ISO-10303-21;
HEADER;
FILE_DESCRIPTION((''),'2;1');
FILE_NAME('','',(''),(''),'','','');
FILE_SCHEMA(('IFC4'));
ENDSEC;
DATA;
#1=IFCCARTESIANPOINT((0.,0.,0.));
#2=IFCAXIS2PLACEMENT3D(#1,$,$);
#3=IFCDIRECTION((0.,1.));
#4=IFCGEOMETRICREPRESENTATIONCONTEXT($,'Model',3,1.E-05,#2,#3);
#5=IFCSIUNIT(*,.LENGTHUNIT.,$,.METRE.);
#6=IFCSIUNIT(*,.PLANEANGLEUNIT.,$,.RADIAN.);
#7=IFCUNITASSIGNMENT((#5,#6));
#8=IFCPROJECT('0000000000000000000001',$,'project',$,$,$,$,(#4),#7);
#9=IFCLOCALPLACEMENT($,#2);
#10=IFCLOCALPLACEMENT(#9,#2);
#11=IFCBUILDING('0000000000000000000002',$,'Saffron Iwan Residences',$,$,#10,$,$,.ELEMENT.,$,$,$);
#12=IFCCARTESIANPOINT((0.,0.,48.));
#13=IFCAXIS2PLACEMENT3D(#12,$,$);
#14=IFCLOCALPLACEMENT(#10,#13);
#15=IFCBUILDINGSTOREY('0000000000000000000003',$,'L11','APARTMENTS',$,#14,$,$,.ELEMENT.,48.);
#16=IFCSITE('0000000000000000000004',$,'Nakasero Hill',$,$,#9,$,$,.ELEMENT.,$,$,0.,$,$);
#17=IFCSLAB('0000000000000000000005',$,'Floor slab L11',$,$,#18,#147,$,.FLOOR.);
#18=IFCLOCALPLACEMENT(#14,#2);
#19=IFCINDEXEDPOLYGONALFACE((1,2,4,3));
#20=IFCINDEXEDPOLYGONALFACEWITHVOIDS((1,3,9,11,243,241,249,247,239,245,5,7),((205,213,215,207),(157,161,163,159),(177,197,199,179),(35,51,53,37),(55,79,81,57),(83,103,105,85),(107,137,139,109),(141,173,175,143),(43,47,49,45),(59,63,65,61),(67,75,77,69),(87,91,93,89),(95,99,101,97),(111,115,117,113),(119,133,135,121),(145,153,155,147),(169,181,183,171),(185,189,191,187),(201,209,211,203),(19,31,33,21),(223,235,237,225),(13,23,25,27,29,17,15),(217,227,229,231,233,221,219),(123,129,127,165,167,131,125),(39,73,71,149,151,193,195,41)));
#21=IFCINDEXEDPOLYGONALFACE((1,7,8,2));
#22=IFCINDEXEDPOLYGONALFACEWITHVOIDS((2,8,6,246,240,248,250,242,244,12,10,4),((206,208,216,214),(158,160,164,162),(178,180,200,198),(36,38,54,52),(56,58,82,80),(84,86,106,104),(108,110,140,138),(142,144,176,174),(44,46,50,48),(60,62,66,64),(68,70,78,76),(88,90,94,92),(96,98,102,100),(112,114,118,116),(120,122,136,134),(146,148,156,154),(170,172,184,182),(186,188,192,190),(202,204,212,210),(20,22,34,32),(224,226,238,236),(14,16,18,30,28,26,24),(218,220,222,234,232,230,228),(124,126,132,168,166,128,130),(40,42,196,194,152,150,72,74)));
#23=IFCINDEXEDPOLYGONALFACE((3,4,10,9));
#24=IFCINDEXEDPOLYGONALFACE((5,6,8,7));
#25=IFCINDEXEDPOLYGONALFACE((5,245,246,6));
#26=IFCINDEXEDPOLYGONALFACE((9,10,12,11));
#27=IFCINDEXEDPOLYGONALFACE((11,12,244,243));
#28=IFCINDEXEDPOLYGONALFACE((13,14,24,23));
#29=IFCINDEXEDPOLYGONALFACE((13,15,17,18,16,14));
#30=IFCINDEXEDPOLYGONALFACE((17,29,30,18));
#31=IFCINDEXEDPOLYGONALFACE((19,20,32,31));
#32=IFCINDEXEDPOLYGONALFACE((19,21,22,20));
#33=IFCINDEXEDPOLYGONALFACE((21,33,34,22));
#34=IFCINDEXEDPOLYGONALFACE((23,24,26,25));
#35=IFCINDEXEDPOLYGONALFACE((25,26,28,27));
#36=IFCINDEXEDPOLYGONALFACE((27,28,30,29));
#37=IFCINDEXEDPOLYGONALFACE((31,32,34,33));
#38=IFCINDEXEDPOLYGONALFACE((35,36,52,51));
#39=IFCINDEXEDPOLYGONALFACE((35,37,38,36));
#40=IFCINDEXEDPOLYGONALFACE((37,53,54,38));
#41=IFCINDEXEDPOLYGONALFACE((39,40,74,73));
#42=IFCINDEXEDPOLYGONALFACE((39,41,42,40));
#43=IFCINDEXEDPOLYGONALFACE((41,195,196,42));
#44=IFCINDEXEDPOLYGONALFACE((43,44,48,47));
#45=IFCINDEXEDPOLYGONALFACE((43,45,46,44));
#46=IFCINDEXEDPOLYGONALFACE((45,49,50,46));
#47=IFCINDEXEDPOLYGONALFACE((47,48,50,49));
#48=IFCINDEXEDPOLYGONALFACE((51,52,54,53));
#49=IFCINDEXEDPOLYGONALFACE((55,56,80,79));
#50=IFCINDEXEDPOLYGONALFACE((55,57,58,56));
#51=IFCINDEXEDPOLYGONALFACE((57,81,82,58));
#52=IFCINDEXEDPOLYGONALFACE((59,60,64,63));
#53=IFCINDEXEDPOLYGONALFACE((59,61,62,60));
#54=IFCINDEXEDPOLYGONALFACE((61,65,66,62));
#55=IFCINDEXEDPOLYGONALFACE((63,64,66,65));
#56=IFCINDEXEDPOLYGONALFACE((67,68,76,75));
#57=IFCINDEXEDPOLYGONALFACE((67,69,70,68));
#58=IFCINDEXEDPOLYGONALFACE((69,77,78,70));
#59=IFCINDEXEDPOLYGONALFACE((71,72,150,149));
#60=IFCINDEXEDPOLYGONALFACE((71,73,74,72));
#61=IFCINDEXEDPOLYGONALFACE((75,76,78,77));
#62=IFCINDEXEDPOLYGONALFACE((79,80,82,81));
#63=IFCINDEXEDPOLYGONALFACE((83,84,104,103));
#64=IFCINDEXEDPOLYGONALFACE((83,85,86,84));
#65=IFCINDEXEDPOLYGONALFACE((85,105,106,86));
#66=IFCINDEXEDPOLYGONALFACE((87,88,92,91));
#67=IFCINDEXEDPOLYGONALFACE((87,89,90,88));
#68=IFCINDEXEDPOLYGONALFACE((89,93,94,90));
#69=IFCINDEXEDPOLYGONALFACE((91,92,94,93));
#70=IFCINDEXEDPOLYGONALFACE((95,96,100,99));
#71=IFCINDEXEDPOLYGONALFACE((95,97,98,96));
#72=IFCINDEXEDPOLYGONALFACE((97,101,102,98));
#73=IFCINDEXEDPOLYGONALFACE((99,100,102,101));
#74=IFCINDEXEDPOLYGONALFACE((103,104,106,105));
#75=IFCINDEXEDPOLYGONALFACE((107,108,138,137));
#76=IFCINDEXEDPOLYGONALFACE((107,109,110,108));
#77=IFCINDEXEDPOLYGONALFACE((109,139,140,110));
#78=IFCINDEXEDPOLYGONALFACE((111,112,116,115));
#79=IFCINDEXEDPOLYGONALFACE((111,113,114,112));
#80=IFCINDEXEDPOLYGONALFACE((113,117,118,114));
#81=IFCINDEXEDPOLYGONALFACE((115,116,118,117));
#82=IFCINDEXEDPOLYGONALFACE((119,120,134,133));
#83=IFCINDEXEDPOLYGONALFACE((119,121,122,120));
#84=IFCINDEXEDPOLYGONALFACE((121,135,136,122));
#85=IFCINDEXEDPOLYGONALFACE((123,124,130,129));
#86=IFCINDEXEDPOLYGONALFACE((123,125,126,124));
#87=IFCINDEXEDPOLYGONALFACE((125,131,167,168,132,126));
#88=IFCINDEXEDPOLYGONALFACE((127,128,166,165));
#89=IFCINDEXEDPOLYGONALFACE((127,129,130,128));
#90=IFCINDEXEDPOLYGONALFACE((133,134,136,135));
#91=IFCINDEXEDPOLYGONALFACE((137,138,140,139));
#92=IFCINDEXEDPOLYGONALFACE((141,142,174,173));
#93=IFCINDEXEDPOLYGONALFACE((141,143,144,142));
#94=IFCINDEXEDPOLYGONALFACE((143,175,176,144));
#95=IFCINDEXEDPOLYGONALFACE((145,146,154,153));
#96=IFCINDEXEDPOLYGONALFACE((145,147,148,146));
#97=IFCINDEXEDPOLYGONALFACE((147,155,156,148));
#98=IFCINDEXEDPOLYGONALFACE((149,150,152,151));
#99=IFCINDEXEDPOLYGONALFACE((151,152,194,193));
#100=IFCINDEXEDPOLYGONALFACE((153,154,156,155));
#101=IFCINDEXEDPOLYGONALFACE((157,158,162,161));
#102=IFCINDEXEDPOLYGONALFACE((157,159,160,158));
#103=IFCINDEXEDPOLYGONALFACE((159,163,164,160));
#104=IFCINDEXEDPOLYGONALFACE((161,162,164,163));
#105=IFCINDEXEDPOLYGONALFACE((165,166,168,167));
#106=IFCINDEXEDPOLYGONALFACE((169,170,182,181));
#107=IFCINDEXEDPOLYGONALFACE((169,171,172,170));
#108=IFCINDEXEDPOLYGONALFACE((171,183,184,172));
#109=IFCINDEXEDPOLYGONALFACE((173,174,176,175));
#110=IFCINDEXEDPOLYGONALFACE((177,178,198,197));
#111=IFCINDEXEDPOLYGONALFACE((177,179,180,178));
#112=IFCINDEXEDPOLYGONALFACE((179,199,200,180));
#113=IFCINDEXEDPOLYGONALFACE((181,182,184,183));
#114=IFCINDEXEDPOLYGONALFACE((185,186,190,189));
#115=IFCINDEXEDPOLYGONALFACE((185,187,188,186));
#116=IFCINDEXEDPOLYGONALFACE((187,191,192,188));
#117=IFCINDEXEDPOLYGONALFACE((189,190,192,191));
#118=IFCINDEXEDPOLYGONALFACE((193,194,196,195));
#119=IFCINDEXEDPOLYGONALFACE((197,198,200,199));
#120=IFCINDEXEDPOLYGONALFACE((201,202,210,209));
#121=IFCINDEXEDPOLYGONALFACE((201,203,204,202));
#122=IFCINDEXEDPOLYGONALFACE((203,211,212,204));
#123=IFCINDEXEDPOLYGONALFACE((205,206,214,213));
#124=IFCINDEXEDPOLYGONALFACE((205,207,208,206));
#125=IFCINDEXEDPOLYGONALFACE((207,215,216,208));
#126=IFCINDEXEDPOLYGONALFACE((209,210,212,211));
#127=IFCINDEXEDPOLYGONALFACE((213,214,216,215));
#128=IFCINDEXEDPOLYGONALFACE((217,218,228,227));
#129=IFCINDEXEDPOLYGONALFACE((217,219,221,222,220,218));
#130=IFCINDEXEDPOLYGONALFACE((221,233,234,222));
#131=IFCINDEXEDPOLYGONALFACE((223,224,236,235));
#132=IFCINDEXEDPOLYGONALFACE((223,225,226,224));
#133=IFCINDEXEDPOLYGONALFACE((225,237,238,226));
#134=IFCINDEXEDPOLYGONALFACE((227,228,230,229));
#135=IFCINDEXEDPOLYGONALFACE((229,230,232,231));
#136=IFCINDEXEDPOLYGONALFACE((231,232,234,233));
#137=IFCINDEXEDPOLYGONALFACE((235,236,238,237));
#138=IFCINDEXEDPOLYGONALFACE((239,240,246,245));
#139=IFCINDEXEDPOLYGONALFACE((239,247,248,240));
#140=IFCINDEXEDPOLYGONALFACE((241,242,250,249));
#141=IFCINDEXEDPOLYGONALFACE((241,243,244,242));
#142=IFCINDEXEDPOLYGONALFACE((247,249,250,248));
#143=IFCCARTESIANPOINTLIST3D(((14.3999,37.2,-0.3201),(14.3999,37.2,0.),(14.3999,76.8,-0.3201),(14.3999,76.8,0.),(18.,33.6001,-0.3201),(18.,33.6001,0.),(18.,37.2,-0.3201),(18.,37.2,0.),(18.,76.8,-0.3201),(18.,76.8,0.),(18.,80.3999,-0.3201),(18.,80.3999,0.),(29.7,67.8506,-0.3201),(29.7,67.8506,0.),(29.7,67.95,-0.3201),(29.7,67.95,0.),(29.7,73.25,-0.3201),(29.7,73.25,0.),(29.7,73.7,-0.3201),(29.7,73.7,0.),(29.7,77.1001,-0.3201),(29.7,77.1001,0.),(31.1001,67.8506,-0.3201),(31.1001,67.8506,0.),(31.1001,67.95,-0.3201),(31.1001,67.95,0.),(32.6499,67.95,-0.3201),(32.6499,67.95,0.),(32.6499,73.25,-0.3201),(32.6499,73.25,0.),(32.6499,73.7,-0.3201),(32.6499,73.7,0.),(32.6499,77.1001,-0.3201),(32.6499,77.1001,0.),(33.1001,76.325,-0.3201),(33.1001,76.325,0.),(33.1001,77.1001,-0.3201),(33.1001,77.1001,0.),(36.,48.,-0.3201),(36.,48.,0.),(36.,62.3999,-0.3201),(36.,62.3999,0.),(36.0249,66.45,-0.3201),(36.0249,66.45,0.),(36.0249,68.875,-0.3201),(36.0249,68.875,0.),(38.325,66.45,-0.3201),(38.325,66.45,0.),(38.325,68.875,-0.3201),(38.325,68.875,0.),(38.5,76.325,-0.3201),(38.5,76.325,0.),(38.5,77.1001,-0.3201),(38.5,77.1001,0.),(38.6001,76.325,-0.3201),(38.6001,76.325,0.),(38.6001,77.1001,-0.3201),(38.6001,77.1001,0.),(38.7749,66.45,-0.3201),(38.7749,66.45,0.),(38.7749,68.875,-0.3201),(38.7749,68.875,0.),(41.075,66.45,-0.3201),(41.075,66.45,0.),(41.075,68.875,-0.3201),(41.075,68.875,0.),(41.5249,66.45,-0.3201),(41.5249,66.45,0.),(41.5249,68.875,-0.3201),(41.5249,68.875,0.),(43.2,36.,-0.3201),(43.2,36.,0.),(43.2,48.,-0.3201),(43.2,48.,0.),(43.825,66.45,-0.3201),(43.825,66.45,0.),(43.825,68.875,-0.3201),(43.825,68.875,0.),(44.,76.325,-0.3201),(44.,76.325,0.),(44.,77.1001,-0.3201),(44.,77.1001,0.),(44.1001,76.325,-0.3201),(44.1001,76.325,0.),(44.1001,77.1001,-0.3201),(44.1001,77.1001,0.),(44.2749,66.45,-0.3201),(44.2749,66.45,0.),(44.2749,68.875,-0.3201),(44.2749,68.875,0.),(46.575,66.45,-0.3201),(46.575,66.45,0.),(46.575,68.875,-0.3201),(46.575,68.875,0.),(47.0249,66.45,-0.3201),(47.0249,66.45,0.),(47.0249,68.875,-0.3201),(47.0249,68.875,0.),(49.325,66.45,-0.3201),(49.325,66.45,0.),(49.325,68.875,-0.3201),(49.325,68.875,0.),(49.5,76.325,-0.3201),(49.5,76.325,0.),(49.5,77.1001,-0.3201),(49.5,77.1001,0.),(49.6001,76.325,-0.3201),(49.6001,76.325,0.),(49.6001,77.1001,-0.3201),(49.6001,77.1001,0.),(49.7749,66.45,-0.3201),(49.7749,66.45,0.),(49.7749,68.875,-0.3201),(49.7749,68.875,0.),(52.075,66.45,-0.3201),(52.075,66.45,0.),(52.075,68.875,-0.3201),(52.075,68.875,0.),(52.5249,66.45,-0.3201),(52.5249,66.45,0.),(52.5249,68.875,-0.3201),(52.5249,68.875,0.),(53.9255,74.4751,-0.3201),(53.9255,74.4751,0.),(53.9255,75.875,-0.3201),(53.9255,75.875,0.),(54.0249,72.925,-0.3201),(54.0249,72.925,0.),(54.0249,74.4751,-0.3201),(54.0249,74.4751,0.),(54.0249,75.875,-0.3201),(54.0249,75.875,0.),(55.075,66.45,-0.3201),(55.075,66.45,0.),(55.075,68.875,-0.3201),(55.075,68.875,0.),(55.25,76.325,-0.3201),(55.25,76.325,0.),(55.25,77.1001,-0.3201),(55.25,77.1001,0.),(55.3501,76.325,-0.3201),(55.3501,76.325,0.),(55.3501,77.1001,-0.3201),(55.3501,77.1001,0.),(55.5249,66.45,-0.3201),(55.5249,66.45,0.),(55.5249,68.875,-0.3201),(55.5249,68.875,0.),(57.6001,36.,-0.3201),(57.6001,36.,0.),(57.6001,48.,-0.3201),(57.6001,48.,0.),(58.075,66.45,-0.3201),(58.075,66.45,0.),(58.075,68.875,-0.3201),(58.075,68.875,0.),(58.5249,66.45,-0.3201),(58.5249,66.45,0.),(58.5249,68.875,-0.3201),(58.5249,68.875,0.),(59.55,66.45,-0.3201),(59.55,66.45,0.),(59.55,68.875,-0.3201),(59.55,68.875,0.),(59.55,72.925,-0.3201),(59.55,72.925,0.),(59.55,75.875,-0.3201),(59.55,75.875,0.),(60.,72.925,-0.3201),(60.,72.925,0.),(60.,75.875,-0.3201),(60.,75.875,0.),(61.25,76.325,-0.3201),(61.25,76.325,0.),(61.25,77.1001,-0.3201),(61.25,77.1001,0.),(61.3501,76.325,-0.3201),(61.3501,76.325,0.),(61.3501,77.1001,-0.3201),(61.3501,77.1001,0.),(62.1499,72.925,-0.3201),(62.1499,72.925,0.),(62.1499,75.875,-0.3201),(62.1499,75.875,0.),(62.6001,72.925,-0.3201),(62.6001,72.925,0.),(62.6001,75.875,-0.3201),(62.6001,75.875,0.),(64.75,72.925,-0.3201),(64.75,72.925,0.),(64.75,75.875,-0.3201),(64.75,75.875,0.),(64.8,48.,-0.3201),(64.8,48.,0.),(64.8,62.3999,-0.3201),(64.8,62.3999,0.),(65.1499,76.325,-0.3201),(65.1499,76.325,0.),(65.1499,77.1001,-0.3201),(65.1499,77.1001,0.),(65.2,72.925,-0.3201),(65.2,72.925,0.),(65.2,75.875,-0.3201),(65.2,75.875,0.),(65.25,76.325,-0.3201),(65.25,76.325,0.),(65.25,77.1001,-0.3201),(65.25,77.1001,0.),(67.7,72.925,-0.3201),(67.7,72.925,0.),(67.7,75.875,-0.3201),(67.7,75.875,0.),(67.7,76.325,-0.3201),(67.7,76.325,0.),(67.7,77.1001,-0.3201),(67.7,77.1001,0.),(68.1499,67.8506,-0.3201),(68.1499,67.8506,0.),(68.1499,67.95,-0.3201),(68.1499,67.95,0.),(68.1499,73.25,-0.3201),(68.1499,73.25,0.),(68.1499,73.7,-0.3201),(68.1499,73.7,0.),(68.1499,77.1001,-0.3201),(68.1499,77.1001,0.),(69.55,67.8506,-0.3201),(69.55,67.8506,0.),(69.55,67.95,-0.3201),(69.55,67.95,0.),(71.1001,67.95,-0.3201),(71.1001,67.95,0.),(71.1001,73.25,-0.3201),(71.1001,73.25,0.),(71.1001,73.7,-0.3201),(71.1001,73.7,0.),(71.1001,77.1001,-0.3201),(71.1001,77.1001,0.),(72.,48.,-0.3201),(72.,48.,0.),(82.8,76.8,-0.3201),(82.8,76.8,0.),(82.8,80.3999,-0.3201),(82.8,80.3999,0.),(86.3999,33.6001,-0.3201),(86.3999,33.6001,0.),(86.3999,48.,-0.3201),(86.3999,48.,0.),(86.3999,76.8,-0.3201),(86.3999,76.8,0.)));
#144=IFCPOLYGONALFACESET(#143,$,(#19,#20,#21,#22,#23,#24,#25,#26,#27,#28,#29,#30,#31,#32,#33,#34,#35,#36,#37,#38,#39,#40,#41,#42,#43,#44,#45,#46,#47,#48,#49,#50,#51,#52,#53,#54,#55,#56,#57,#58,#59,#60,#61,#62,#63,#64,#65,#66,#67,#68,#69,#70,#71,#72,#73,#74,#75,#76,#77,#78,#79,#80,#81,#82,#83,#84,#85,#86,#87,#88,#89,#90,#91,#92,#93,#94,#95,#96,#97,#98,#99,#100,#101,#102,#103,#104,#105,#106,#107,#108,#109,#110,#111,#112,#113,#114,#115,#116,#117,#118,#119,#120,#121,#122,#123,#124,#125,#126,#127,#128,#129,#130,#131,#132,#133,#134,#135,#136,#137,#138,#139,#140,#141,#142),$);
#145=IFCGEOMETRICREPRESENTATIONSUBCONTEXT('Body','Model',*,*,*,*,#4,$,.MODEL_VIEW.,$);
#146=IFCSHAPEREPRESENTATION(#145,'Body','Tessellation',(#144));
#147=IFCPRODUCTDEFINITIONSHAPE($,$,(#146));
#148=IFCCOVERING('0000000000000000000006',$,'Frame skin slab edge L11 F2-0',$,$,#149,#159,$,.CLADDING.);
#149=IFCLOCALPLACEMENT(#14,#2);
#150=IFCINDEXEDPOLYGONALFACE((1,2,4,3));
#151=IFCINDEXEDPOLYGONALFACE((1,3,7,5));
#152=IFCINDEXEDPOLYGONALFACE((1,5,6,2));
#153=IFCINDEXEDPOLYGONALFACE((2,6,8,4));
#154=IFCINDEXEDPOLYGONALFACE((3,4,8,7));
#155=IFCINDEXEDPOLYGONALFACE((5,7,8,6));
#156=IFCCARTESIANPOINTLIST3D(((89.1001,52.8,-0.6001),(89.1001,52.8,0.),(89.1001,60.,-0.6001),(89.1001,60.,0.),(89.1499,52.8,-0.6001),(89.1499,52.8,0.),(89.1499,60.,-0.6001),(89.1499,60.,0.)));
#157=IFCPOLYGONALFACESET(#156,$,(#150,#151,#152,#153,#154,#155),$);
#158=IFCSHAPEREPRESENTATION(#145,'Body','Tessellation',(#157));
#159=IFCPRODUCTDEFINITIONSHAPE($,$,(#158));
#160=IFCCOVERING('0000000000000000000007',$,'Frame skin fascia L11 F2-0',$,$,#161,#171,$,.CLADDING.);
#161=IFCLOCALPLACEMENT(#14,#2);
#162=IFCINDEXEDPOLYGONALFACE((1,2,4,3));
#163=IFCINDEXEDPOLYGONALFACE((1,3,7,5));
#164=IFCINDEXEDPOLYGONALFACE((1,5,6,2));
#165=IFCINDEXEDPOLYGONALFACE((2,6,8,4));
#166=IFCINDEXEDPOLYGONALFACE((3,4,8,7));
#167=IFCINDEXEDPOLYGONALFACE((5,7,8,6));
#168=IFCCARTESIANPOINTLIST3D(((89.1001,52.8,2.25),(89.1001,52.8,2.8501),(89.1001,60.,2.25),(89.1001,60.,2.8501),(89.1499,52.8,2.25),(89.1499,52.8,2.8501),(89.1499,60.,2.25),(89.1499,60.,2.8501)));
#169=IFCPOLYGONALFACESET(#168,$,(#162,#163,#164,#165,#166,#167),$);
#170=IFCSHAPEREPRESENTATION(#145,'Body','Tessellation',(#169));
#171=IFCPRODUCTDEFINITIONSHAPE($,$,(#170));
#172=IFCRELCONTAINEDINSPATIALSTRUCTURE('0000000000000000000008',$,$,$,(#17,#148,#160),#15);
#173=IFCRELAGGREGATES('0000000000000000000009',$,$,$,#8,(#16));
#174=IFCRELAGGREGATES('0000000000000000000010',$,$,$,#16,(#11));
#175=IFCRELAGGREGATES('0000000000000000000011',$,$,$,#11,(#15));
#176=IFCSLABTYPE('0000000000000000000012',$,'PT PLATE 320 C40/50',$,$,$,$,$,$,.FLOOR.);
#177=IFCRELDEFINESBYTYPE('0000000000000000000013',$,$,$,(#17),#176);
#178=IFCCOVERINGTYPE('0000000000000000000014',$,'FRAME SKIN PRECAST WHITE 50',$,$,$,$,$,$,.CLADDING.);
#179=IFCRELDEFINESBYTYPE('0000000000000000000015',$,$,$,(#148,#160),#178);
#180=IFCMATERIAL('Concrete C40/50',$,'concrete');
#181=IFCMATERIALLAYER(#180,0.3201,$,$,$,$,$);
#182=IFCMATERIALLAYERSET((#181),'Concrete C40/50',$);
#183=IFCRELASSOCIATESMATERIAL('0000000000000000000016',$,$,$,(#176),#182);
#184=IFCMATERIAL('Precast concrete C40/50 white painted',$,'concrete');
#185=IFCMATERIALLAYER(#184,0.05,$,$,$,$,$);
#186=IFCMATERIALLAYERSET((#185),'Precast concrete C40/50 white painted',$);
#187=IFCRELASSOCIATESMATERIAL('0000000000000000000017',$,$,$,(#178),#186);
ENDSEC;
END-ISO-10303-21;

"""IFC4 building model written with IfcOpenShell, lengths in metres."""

from ifc_helpers import new_model, si_unit, direction, frame, origin, place, context, subcontext, project, spatial, polyline, outline, extrude, material, layer, layer_set, type_object, element, save


model = new_model("IFC4")

# Units and contexts
model_context = context("Model", 3, precision=1e-05, world=origin(), true_north=direction((0.0, 1.0)))
body_context = subcontext(model_context, "Body", "Model", "MODEL_VIEW")
ifc_project = project(units=[si_unit("LENGTHUNIT", "METRE"), si_unit("PLANEANGLEUNIT", "RADIAN")], contexts=[model_context])

# Site, building, storey
site_placement = place(None, origin())
site = spatial("IfcSite", under=ifc_project, at=site_placement, Name="Nakasero Hill", CompositionType="ELEMENT", RefElevation=0.0)
building_placement = place(site_placement, origin())
building = spatial("IfcBuilding", under=site, at=building_placement, Name="Saffron Iwan Residences", CompositionType="ELEMENT")
storey_placement = place(building_placement, frame((0.0, 0.0, 48.0)))
storey = spatial("IfcBuildingStorey", under=building, at=storey_placement, Name="L11", Description="APARTMENTS", CompositionType="ELEMENT", Elevation=48.0)

# Slab
ifc_material_1 = material(Name="Concrete C40/50", Category="concrete")
ifc_layer_1 = layer(ifc_material_1, 0.3201)
ifc_layer_set_1 = layer_set([ifc_layer_1], Name="Concrete C40/50")
slab_type_1 = type_object("IfcSlabType", Name="PT PLATE 320 C40/50", PredefinedType="FLOOR", material=ifc_layer_set_1)
slab_1_placement = place(storey_placement, frame((0.0, 0.0, -0.3201)))
element("IfcSlab", 1, at=slab_1_placement, inside=storey, type_object=slab_type_1, Name="Floor slab L11", PredefinedType="FLOOR", context=body_context, shape_type="SweptSolid", body=[
    extrude(outline(polyline([(14.3999, 37.2), (14.3999, 76.8), (18.0, 76.8), (18.0, 80.3999), (82.8, 80.3999), (82.8, 76.8), (86.3999, 76.8), (86.3999, 48.0), (72.0, 48.0), (86.3999, 33.6001), (18.0, 33.6001), (18.0, 37.2), (14.3999, 37.2)]), holes=[polyline([(64.8, 48.0), (64.8, 62.3999), (36.0, 62.3999), (36.0, 48.0), (43.2, 48.0), (43.2, 36.0), (57.6001, 36.0), (57.6001, 48.0), (64.8, 48.0)]), polyline([(38.325, 68.875), (36.0249, 68.875), (36.0249, 66.45), (38.325, 66.45), (38.325, 68.875)]), polyline([(41.075, 66.45), (41.075, 68.875), (38.7749, 68.875), (38.7749, 66.45), (41.075, 66.45)]), polyline([(43.825, 66.45), (43.825, 68.875), (41.5249, 68.875), (41.5249, 66.45), (43.825, 66.45)]), polyline([(46.575, 68.875), (44.2749, 68.875), (44.2749, 66.45), (46.575, 66.45), (46.575, 68.875)]), polyline([(49.325, 66.45), (49.325, 68.875), (47.0249, 68.875), (47.0249, 66.45), (49.325, 66.45)]), polyline([(52.075, 66.45), (52.075, 68.875), (49.7749, 68.875), (49.7749, 66.45), (52.075, 66.45)]), polyline([(29.7, 73.25), (29.7, 67.95), (29.7, 67.8506), (31.1001, 67.8506), (31.1001, 67.95), (32.6499, 67.95), (32.6499, 73.25), (29.7, 73.25)]), polyline([(32.6499, 73.7), (32.6499, 77.1001), (29.7, 77.1001), (29.7, 73.7), (32.6499, 73.7)]), polyline([(38.5, 76.325), (38.5, 77.1001), (33.1001, 77.1001), (33.1001, 76.325), (38.5, 76.325)]), polyline([(44.0, 77.1001), (38.6001, 77.1001), (38.6001, 76.325), (44.0, 76.325), (44.0, 77.1001)]), polyline([(49.5, 76.325), (49.5, 77.1001), (44.1001, 77.1001), (44.1001, 76.325), (49.5, 76.325)]), polyline([(55.25, 76.325), (55.25, 77.1001), (49.6001, 77.1001), (49.6001, 76.325), (55.25, 76.325)]), polyline([(55.075, 68.875), (52.5249, 68.875), (52.5249, 66.45), (55.075, 66.45), (55.075, 68.875)]), polyline([(58.075, 66.45), (58.075, 68.875), (55.5249, 68.875), (55.5249, 66.45), (58.075, 66.45)]), polyline([(59.55, 66.45), (59.55, 68.875), (58.5249, 68.875), (58.5249, 66.45), (59.55, 66.45)]), polyline([(68.1499, 73.25), (68.1499, 67.95), (68.1499, 67.8506), (69.55, 67.8506), (69.55, 67.95), (71.1001, 67.95), (71.1001, 73.25), (68.1499, 73.25)]), polyline([(53.9255, 74.4751), (54.0249, 74.4751), (54.0249, 72.925), (59.55, 72.925), (59.55, 75.875), (54.0249, 75.875), (53.9255, 75.875), (53.9255, 74.4751)]), polyline([(62.1499, 72.925), (62.1499, 75.875), (60.0, 75.875), (60.0, 72.925), (62.1499, 72.925)]), polyline([(64.75, 75.875), (62.6001, 75.875), (62.6001, 72.925), (64.75, 72.925), (64.75, 75.875)]), polyline([(67.7, 72.925), (67.7, 75.875), (65.2, 75.875), (65.2, 72.925), (67.7, 72.925)]), polyline([(71.1001, 73.7), (71.1001, 77.1001), (68.1499, 77.1001), (68.1499, 73.7), (71.1001, 73.7)]), polyline([(61.25, 77.1001), (55.3501, 77.1001), (55.3501, 76.325), (61.25, 76.325), (61.25, 77.1001)]), polyline([(65.1499, 76.325), (65.1499, 77.1001), (61.3501, 77.1001), (61.3501, 76.325), (65.1499, 76.325)]), polyline([(67.7, 76.325), (67.7, 77.1001), (65.25, 77.1001), (65.25, 76.325), (67.7, 76.325)])]), origin(), (0.0, 0.0, 1.0), 0.3201),
])

# Coverings
ifc_material_2 = material(Name="Precast concrete C40/50 white painted", Category="concrete")
ifc_layer_2 = layer(ifc_material_2, 0.05)
ifc_layer_set_2 = layer_set([ifc_layer_2], Name="Precast concrete C40/50 white painted")
covering_type_1 = type_object("IfcCoveringType", Name="FRAME SKIN PRECAST WHITE 50", PredefinedType="CLADDING", material=ifc_layer_set_2)
for number, where, name in (
    (2, (0.0, 0.0, -0.6001), "Frame skin slab edge L11 F2-0"),
    (3, (0.0, 0.0, 2.25), "Frame skin fascia L11 F2-0"),
):
    element("IfcCovering", number, at=place(storey_placement, frame(where)), inside=storey, type_object=covering_type_1, Name=name, PredefinedType="CLADDING", context=body_context, shape_type="SweptSolid", body=[
        extrude(outline(polyline([(89.1499, 52.8), (89.1499, 60.0), (89.1001, 60.0), (89.1001, 52.8), (89.1499, 52.8)])), origin(), (0.0, 0.0, 1.0), 0.6001),
    ])

save(model, "model.ifc")
